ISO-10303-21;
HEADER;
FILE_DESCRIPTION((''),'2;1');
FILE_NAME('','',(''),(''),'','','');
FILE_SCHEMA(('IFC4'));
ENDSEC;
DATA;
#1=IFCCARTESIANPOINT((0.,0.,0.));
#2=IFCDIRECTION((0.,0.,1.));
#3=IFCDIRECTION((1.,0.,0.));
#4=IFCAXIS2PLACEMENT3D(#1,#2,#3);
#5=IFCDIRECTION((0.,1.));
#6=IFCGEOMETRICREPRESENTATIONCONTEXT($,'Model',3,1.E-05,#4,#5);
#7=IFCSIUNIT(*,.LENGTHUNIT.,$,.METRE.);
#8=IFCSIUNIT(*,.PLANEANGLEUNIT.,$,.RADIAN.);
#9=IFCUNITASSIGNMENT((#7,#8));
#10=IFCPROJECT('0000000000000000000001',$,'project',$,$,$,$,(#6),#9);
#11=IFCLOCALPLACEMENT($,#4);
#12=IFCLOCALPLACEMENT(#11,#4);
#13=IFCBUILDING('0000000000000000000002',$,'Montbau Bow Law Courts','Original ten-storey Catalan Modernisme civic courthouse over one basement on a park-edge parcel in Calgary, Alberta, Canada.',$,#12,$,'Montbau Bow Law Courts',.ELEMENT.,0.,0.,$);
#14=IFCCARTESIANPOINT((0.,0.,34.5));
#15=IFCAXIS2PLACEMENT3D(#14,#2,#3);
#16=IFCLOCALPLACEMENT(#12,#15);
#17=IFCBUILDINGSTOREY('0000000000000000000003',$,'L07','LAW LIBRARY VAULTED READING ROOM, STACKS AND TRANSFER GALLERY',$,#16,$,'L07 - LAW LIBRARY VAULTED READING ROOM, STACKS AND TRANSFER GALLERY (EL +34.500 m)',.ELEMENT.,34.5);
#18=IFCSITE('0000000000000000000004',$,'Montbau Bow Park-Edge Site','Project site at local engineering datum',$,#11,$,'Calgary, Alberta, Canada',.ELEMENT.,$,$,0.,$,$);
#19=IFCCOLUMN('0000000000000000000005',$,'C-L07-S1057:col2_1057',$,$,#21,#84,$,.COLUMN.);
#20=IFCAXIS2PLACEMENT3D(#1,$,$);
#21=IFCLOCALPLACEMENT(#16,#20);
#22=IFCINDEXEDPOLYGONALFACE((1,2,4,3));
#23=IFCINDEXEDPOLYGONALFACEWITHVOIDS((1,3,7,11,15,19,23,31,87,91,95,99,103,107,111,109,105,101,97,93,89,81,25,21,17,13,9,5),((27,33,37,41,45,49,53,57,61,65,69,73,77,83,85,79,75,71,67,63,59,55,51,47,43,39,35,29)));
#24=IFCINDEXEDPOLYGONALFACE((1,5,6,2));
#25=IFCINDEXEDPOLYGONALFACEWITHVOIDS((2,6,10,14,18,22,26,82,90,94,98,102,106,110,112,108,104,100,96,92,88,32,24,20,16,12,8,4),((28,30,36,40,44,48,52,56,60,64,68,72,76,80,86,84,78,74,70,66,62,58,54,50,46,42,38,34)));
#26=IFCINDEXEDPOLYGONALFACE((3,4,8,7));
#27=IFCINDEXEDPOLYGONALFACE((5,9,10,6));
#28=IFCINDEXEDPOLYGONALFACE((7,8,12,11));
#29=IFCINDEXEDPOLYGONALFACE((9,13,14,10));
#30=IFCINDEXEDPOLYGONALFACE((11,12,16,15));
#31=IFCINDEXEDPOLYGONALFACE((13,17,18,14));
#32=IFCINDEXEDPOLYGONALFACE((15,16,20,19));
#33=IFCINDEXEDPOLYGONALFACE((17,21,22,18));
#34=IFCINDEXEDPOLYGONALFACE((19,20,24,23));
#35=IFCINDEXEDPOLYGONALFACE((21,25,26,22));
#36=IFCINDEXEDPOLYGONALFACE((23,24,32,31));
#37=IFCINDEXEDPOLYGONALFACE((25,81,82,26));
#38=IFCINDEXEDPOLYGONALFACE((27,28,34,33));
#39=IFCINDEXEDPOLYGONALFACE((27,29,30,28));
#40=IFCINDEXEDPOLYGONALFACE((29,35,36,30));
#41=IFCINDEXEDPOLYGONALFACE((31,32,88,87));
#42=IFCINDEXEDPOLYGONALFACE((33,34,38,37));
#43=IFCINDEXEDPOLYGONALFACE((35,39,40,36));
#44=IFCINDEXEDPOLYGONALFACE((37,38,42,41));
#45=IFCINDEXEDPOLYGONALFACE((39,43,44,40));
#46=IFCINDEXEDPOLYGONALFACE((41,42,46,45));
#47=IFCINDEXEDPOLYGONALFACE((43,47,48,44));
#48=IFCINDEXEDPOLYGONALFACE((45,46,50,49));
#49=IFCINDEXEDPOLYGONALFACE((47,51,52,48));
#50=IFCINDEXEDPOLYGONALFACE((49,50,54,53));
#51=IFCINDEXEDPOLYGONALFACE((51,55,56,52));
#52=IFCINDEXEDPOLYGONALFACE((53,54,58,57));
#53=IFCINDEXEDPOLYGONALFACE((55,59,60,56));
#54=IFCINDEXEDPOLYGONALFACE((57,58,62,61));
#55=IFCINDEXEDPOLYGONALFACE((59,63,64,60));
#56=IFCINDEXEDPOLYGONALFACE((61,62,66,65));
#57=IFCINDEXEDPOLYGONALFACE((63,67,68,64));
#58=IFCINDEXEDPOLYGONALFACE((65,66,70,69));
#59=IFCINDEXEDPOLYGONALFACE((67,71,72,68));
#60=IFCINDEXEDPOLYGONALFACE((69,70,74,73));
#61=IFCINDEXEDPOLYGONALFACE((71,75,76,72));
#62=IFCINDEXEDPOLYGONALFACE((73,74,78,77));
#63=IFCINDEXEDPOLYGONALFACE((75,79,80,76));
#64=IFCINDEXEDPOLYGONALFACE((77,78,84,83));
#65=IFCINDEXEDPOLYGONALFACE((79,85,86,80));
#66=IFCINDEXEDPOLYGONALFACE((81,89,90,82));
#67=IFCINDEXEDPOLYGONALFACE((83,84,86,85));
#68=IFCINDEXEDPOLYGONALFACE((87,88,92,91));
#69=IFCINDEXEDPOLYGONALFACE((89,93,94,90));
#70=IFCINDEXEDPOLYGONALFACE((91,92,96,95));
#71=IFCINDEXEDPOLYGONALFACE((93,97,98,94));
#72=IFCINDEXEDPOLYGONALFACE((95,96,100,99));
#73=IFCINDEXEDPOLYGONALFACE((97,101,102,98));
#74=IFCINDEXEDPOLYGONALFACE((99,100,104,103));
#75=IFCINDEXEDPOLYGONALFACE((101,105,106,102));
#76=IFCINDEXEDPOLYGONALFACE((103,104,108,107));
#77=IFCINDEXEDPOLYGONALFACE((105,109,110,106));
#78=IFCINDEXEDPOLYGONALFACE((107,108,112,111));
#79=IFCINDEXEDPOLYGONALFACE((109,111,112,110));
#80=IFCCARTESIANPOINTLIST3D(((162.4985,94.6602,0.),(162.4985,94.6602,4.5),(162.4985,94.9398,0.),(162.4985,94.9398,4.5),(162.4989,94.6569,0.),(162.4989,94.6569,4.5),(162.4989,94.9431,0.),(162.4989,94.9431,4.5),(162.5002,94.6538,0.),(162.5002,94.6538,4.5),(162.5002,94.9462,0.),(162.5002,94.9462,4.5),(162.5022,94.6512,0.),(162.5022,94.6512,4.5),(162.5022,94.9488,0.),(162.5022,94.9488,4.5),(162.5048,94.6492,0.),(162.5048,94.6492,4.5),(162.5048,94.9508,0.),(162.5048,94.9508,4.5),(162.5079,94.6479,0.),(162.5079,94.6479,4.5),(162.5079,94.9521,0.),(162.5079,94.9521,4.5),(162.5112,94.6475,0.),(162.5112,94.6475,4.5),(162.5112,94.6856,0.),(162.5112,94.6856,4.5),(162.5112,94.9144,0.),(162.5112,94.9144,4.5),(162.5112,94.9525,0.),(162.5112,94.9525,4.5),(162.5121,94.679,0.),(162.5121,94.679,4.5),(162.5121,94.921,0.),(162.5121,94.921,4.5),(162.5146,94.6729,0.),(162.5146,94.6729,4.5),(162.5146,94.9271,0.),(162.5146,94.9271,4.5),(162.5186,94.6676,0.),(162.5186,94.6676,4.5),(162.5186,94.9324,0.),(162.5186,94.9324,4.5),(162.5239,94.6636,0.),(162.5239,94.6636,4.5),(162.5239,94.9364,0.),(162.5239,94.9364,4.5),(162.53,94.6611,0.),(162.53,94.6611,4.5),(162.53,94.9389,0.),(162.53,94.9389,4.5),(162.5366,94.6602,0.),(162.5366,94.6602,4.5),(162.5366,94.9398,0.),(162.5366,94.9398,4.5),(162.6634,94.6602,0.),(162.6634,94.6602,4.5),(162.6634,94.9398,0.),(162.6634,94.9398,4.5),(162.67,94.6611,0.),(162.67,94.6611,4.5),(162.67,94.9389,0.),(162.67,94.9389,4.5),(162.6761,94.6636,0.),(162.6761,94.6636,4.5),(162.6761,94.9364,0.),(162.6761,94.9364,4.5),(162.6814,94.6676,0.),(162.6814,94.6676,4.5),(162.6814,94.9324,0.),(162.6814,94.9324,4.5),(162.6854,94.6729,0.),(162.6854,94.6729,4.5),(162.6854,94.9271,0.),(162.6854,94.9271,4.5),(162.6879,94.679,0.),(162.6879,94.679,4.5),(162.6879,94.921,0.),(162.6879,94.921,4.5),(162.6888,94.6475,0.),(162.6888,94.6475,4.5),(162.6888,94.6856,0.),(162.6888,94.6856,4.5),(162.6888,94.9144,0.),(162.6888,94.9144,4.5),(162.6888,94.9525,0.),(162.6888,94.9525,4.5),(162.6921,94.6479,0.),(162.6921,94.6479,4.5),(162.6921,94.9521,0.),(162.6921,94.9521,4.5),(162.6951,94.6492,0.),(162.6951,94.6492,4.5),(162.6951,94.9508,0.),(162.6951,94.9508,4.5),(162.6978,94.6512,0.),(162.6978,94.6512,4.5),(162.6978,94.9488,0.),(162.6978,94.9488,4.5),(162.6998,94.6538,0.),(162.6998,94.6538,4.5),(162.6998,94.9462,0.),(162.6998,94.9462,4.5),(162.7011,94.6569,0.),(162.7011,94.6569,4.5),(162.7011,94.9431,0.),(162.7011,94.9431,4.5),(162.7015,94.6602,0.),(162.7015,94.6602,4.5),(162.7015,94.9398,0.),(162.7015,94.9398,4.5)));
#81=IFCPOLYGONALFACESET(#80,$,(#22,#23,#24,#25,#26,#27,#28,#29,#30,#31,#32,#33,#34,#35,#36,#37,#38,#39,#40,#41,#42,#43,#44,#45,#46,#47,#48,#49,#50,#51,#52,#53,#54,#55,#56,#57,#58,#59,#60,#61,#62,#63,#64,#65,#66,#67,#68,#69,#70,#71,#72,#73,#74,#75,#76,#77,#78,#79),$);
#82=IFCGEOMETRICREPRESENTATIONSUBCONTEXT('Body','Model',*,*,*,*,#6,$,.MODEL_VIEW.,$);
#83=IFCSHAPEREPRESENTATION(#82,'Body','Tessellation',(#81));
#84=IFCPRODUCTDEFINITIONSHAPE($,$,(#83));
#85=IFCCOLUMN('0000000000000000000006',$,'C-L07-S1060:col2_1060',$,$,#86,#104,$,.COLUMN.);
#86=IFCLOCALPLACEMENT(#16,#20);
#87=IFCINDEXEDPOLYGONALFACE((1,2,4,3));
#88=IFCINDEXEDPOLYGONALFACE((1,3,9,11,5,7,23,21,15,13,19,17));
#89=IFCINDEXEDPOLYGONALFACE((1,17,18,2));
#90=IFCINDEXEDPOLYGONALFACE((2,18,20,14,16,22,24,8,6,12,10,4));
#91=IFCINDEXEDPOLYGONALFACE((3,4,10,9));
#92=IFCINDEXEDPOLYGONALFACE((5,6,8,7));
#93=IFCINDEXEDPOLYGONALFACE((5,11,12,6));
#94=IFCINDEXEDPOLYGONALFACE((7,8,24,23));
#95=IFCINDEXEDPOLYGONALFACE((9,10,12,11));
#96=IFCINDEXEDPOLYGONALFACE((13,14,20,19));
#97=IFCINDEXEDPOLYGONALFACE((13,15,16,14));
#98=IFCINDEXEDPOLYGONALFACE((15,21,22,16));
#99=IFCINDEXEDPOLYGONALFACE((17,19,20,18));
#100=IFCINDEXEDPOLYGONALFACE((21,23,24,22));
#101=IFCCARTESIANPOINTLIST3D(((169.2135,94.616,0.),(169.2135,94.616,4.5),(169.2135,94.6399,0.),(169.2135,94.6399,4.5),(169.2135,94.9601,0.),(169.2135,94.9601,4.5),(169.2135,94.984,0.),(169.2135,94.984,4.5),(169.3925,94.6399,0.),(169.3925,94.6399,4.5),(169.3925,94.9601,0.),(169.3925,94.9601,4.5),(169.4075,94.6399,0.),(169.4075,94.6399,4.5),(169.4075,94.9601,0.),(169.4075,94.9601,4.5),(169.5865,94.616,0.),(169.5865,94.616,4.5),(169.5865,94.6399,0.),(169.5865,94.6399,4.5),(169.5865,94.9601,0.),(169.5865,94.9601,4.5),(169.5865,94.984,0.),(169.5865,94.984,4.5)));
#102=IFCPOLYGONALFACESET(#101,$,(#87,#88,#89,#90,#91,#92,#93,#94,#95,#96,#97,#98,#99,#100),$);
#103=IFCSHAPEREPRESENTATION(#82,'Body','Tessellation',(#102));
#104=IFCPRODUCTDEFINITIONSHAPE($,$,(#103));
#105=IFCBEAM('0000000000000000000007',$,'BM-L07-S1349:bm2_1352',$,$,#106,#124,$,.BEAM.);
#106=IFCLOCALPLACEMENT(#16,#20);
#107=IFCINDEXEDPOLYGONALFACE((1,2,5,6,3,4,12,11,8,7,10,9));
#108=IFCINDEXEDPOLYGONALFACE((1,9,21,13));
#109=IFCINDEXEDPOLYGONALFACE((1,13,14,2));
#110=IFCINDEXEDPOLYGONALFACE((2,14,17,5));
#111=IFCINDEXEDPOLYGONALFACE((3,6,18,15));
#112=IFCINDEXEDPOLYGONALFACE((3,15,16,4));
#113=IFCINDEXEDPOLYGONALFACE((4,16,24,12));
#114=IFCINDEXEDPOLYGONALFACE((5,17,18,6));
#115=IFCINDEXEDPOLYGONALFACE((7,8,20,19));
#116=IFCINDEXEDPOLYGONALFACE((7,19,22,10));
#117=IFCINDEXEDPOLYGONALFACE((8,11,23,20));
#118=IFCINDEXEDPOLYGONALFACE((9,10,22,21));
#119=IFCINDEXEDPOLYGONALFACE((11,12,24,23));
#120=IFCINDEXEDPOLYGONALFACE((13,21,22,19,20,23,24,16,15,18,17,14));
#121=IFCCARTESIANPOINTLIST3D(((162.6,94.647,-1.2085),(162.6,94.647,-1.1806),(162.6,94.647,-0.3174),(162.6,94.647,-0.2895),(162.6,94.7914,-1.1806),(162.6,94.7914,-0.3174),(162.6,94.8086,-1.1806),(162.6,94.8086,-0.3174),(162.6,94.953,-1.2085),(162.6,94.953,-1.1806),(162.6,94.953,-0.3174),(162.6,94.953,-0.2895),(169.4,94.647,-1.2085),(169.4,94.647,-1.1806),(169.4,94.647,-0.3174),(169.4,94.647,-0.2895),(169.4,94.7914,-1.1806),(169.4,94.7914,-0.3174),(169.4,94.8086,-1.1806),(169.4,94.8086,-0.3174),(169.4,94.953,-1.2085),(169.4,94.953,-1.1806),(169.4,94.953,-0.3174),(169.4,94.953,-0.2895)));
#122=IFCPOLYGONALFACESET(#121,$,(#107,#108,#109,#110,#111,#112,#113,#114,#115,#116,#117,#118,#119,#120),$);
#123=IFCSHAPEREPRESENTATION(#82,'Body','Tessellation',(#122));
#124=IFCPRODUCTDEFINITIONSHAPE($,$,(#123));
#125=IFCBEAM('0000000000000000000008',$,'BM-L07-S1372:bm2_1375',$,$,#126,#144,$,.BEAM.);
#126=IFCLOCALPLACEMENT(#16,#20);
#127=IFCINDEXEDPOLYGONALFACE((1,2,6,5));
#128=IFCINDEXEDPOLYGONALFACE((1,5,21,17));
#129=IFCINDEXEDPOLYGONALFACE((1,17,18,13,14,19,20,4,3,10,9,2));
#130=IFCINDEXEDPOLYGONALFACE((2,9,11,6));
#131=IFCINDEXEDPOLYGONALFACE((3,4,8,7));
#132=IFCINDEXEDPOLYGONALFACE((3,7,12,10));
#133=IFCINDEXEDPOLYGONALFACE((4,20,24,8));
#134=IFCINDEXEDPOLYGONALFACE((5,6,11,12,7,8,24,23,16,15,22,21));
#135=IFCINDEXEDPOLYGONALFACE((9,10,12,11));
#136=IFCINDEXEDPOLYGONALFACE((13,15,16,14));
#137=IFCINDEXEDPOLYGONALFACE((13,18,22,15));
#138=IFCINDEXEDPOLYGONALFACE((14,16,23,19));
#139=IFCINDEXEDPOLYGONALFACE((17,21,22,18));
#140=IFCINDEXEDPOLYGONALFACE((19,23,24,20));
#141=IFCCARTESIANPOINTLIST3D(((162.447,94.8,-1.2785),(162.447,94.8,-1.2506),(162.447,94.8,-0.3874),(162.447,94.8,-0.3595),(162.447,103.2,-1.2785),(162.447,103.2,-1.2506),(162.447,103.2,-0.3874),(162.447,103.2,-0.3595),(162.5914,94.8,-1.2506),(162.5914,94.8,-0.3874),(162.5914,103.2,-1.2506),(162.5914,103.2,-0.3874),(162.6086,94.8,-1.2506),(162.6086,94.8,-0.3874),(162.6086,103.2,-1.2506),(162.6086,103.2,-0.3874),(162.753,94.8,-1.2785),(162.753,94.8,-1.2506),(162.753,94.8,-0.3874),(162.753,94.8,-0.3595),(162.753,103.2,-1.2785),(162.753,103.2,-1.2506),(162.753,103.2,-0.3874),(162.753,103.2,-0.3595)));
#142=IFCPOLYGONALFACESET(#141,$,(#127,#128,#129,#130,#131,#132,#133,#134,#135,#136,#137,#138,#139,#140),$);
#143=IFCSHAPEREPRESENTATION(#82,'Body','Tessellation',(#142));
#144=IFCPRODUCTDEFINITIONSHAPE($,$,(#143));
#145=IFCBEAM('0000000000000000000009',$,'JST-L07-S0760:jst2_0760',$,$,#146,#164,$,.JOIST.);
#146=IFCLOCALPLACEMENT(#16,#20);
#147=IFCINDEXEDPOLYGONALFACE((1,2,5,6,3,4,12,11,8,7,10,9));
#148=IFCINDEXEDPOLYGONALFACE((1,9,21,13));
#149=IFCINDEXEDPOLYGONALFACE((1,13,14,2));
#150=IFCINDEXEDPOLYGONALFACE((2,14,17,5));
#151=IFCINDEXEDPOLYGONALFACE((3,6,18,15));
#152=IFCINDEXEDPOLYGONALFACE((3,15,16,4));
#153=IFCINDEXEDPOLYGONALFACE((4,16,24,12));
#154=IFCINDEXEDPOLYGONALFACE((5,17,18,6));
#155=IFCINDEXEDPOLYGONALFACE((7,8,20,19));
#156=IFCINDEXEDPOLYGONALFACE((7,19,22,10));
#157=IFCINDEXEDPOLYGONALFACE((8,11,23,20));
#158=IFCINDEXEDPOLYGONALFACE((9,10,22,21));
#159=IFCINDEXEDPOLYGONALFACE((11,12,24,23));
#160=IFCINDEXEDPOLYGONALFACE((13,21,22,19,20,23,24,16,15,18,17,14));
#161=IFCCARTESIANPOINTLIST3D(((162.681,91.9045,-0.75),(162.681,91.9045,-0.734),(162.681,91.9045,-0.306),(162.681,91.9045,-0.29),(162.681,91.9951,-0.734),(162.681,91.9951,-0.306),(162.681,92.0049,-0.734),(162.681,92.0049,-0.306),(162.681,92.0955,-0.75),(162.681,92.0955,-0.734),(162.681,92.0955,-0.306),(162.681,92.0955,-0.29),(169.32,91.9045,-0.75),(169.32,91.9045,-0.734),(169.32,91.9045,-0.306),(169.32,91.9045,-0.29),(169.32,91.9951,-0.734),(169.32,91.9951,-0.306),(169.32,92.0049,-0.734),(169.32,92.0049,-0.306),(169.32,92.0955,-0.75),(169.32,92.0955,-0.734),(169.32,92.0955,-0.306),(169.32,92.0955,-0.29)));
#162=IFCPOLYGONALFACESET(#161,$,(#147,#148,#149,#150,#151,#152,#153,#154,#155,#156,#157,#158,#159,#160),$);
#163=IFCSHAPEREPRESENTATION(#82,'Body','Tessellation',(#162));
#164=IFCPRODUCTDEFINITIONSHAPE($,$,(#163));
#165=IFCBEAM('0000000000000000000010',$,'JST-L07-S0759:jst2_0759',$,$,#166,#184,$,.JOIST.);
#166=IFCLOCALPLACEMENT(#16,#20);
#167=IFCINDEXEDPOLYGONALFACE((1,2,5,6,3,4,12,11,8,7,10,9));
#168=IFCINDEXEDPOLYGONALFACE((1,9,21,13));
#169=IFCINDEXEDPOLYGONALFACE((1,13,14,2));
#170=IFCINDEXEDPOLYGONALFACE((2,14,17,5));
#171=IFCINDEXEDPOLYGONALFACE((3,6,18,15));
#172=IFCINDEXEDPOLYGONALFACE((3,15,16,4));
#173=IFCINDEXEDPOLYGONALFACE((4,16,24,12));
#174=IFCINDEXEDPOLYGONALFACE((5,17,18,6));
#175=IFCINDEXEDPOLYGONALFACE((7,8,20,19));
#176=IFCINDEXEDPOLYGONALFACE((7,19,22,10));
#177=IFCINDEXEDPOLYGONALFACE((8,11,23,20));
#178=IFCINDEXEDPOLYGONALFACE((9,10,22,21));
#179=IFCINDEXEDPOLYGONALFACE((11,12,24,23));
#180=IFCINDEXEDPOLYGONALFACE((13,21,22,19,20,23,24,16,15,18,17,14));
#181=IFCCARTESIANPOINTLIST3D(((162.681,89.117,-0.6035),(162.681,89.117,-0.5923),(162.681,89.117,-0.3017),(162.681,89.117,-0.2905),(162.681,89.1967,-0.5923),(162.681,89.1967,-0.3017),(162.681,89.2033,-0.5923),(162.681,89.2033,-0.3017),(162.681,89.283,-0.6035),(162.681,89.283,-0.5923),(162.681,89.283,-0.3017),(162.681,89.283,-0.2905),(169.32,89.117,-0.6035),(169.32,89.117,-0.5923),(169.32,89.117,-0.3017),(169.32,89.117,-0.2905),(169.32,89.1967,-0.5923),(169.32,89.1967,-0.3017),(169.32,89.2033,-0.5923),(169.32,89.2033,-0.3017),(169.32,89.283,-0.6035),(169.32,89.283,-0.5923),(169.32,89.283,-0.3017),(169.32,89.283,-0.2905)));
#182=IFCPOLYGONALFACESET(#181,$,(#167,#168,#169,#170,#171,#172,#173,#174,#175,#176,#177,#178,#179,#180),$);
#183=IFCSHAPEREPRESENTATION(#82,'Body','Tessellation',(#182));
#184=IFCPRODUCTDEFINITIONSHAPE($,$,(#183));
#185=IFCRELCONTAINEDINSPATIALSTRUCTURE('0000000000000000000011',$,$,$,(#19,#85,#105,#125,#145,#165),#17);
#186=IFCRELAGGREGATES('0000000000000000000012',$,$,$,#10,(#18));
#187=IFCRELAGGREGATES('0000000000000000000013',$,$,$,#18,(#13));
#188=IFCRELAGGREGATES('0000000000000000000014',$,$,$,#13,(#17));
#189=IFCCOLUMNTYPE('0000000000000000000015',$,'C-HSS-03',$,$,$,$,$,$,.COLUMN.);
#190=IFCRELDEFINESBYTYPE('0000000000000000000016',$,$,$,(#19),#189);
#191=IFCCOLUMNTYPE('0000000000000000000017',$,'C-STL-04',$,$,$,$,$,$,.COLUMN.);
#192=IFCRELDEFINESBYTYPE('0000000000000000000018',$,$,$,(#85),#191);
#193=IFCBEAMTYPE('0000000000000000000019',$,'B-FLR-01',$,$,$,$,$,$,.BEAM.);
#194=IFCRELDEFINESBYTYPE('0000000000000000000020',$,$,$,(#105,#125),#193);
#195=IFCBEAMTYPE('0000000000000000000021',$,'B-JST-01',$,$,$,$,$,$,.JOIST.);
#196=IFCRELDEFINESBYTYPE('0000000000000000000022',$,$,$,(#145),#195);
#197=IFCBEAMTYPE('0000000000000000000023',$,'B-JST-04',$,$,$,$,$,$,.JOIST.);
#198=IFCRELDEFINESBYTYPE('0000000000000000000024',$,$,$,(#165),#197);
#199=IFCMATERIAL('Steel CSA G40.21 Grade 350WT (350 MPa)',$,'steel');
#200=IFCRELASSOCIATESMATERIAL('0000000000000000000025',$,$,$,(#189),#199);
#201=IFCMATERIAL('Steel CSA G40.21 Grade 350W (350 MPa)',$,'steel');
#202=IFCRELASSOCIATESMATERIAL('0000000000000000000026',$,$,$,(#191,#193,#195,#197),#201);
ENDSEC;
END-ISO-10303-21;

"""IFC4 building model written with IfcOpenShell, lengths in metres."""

from ifc_helpers import new_model, si_unit, direction, frame, origin_with_axes, origin_2d_with_axis, place, context, subcontext, project, spatial, hollow_rectangle, i_section, extrude, material, material_profile, profile_set, type_object, element, save


model = new_model("IFC4")

# Units and contexts
model_context = context("Model", 3, precision=1e-05, world=origin_with_axes(), true_north=direction((0.0, 1.0)))
body_context = subcontext(model_context, "Body", "Model", "MODEL_VIEW")
ifc_project = project(units=[si_unit("LENGTHUNIT", "METRE"), si_unit("PLANEANGLEUNIT", "RADIAN")], contexts=[model_context])

# Site, building, storey
site_placement = place(None, origin_with_axes())
site = spatial("IfcSite", under=ifc_project, at=site_placement, Name="Montbau Bow Park-Edge Site", Description="Project site at local engineering datum", LongName="Calgary, Alberta, Canada", CompositionType="ELEMENT", RefElevation=0.0)
building_placement = place(site_placement, origin_with_axes())
building = spatial("IfcBuilding", under=site, at=building_placement, Name="Montbau Bow Law Courts", Description="Original ten-storey Catalan Modernisme civic courthouse over one basement on a park-edge parcel in Calgary, Alberta, Canada.", LongName="Montbau Bow Law Courts", CompositionType="ELEMENT", ElevationOfRefHeight=0.0, ElevationOfTerrain=0.0)
storey_placement = place(building_placement, frame((0.0, 0.0, 34.5), z_axis=(0.0, 0.0, 1.0), x_axis=(1.0, 0.0, 0.0)))
storey = spatial("IfcBuildingStorey", under=building, at=storey_placement, Name="L07", Description="LAW LIBRARY VAULTED READING ROOM, STACKS AND TRANSFER GALLERY", LongName="L07 - LAW LIBRARY VAULTED READING ROOM, STACKS AND TRANSFER GALLERY (EL +34.500 m)", CompositionType="ELEMENT", Elevation=34.5)

# Columns
ifc_material_1 = material(Name="Steel CSA G40.21 Grade 350WT (350 MPa)", Category="steel")
ifc_material_profile_1 = material_profile(ifc_material_1, hollow_rectangle(XDim=0.203, YDim=0.305, WallThickness=0.0127, InnerFilletRadius=0.0254, OuterFilletRadius=0.0127, at=origin_2d_with_axis()), Name="HSS305X203X13", Category="Main", Priority=0)
ifc_profile_set_1 = profile_set([ifc_material_profile_1], Name="Steel CSA G40.21 Grade 350WT (350 MPa)")
column_type_1 = type_object("IfcColumnType", Name="C-HSS-03", PredefinedType="COLUMN", material=ifc_profile_set_1)
column_1_placement = place(None, frame((162.6, 94.8, 34.5), z_axis=(0.0, 0.0, 1.0), x_axis=(1.0, 0.0, 0.0)))
element("IfcColumn", 1, at=column_1_placement, inside=storey, type_object=column_type_1, Name="C-L07-S1057:col2_1057", PredefinedType="COLUMN", context=body_context, shape_type="SweptSolid", body=[
    extrude(hollow_rectangle(XDim=0.203, YDim=0.305, WallThickness=0.0127, InnerFilletRadius=0.0254, OuterFilletRadius=0.0127, at=origin_2d_with_axis()), origin_with_axes(), (0.0, 0.0, 1.0), 4.5),
])
ifc_material_2 = material(Name="Steel CSA G40.21 Grade 350W (350 MPa)", Category="steel")
ifc_material_profile_2 = material_profile(ifc_material_2, i_section(OverallWidth=0.373, OverallDepth=0.368, WebThickness=0.015, FlangeThickness=0.0239, at=origin_2d_with_axis()), Name="W360X179", Category="Main", Priority=0)
ifc_profile_set_2 = profile_set([ifc_material_profile_2], Name="Steel CSA G40.21 Grade 350W (350 MPa)")
column_type_2 = type_object("IfcColumnType", Name="C-STL-04", PredefinedType="COLUMN", material=ifc_profile_set_2)
column_2_placement = place(None, frame((169.4, 94.8, 34.5), z_axis=(0.0, 0.0, 1.0), x_axis=(1.0, 0.0, 0.0)))
element("IfcColumn", 2, at=column_2_placement, inside=storey, type_object=column_type_2, Name="C-L07-S1060:col2_1060", PredefinedType="COLUMN", context=body_context, shape_type="SweptSolid", body=[
    extrude(i_section(OverallWidth=0.373, OverallDepth=0.368, WebThickness=0.015, FlangeThickness=0.0239, at=origin_2d_with_axis()), origin_with_axes(), (0.0, 0.0, 1.0), 4.5),
])

# Beams
ifc_material_profile_3 = material_profile(ifc_material_2, i_section(OverallWidth=0.306, OverallDepth=0.919, WebThickness=0.0173, FlangeThickness=0.0279, at=origin_2d_with_axis()), Name="W920X253", Category="Main", Priority=0)
ifc_profile_set_3 = profile_set([ifc_material_profile_3], Name="Steel CSA G40.21 Grade 350W (350 MPa)")
beam_type_1 = type_object("IfcBeamType", Name="B-FLR-01", PredefinedType="BEAM", material=ifc_profile_set_3)
beam_1_placement = place(None, frame((162.6, 94.8, 33.751), z_axis=(1.0, 0.0, 0.0), x_axis=(0.0, 1.0, 0.0)))
element("IfcBeam", 3, at=beam_1_placement, inside=storey, type_object=beam_type_1, Name="BM-L07-S1349:bm2_1352", PredefinedType="BEAM", context=body_context, shape_type="SweptSolid", body=[
    extrude(i_section(OverallWidth=0.306, OverallDepth=0.919, WebThickness=0.0173, FlangeThickness=0.0279, at=origin_2d_with_axis()), origin_with_axes(), (0.0, 0.0, 1.0), 6.8),
])
beam_2_placement = place(None, frame((162.6, 94.8, 33.681), z_axis=(0.0, 1.0, 0.0), x_axis=(-1.0, 0.0, 0.0)))
element("IfcBeam", 4, at=beam_2_placement, inside=storey, type_object=beam_type_1, Name="BM-L07-S1372:bm2_1375", PredefinedType="BEAM", context=body_context, shape_type="SweptSolid", body=[
    extrude(i_section(OverallWidth=0.306, OverallDepth=0.919, WebThickness=0.0173, FlangeThickness=0.0279, at=origin_2d_with_axis()), origin_with_axes(), (0.0, 0.0, 1.0), 8.4),
])
ifc_material_profile_4 = material_profile(ifc_material_2, i_section(OverallWidth=0.191, OverallDepth=0.46, WebThickness=0.0099, FlangeThickness=0.016, at=origin_2d_with_axis()), Name="W460X82", Category="Main", Priority=0)
ifc_profile_set_4 = profile_set([ifc_material_profile_4], Name="Steel CSA G40.21 Grade 350W (350 MPa)")
beam_type_2 = type_object("IfcBeamType", Name="B-JST-01", PredefinedType="JOIST", material=ifc_profile_set_4)
beam_3_placement = place(None, frame((162.681, 92.0, 33.98), z_axis=(1.0, 0.0, 0.0), x_axis=(0.0, 1.0, 0.0)))
element("IfcBeam", 5, at=beam_3_placement, inside=storey, type_object=beam_type_2, Name="JST-L07-S0760:jst2_0760", PredefinedType="JOIST", context=body_context, shape_type="SweptSolid", body=[
    extrude(i_section(OverallWidth=0.191, OverallDepth=0.46, WebThickness=0.0099, FlangeThickness=0.016, at=origin_2d_with_axis()), origin_with_axes(), (0.0, 0.0, 1.0), 6.639),
])
ifc_material_profile_5 = material_profile(ifc_material_2, i_section(OverallWidth=0.166, OverallDepth=0.313, WebThickness=0.0066, FlangeThickness=0.0112, at=origin_2d_with_axis()), Name="W310X45", Category="Main", Priority=0)
ifc_profile_set_5 = profile_set([ifc_material_profile_5], Name="Steel CSA G40.21 Grade 350W (350 MPa)")
beam_type_3 = type_object("IfcBeamType", Name="B-JST-04", PredefinedType="JOIST", material=ifc_profile_set_5)
beam_4_placement = place(None, frame((162.681, 89.2, 34.053), z_axis=(1.0, 0.0, 0.0), x_axis=(0.0, 1.0, 0.0)))
element("IfcBeam", 6, at=beam_4_placement, inside=storey, type_object=beam_type_3, Name="JST-L07-S0759:jst2_0759", PredefinedType="JOIST", context=body_context, shape_type="SweptSolid", body=[
    extrude(i_section(OverallWidth=0.166, OverallDepth=0.313, WebThickness=0.0066, FlangeThickness=0.0112, at=origin_2d_with_axis()), origin_with_axes(), (0.0, 0.0, 1.0), 6.639),
])

save(model, "model.ifc")
